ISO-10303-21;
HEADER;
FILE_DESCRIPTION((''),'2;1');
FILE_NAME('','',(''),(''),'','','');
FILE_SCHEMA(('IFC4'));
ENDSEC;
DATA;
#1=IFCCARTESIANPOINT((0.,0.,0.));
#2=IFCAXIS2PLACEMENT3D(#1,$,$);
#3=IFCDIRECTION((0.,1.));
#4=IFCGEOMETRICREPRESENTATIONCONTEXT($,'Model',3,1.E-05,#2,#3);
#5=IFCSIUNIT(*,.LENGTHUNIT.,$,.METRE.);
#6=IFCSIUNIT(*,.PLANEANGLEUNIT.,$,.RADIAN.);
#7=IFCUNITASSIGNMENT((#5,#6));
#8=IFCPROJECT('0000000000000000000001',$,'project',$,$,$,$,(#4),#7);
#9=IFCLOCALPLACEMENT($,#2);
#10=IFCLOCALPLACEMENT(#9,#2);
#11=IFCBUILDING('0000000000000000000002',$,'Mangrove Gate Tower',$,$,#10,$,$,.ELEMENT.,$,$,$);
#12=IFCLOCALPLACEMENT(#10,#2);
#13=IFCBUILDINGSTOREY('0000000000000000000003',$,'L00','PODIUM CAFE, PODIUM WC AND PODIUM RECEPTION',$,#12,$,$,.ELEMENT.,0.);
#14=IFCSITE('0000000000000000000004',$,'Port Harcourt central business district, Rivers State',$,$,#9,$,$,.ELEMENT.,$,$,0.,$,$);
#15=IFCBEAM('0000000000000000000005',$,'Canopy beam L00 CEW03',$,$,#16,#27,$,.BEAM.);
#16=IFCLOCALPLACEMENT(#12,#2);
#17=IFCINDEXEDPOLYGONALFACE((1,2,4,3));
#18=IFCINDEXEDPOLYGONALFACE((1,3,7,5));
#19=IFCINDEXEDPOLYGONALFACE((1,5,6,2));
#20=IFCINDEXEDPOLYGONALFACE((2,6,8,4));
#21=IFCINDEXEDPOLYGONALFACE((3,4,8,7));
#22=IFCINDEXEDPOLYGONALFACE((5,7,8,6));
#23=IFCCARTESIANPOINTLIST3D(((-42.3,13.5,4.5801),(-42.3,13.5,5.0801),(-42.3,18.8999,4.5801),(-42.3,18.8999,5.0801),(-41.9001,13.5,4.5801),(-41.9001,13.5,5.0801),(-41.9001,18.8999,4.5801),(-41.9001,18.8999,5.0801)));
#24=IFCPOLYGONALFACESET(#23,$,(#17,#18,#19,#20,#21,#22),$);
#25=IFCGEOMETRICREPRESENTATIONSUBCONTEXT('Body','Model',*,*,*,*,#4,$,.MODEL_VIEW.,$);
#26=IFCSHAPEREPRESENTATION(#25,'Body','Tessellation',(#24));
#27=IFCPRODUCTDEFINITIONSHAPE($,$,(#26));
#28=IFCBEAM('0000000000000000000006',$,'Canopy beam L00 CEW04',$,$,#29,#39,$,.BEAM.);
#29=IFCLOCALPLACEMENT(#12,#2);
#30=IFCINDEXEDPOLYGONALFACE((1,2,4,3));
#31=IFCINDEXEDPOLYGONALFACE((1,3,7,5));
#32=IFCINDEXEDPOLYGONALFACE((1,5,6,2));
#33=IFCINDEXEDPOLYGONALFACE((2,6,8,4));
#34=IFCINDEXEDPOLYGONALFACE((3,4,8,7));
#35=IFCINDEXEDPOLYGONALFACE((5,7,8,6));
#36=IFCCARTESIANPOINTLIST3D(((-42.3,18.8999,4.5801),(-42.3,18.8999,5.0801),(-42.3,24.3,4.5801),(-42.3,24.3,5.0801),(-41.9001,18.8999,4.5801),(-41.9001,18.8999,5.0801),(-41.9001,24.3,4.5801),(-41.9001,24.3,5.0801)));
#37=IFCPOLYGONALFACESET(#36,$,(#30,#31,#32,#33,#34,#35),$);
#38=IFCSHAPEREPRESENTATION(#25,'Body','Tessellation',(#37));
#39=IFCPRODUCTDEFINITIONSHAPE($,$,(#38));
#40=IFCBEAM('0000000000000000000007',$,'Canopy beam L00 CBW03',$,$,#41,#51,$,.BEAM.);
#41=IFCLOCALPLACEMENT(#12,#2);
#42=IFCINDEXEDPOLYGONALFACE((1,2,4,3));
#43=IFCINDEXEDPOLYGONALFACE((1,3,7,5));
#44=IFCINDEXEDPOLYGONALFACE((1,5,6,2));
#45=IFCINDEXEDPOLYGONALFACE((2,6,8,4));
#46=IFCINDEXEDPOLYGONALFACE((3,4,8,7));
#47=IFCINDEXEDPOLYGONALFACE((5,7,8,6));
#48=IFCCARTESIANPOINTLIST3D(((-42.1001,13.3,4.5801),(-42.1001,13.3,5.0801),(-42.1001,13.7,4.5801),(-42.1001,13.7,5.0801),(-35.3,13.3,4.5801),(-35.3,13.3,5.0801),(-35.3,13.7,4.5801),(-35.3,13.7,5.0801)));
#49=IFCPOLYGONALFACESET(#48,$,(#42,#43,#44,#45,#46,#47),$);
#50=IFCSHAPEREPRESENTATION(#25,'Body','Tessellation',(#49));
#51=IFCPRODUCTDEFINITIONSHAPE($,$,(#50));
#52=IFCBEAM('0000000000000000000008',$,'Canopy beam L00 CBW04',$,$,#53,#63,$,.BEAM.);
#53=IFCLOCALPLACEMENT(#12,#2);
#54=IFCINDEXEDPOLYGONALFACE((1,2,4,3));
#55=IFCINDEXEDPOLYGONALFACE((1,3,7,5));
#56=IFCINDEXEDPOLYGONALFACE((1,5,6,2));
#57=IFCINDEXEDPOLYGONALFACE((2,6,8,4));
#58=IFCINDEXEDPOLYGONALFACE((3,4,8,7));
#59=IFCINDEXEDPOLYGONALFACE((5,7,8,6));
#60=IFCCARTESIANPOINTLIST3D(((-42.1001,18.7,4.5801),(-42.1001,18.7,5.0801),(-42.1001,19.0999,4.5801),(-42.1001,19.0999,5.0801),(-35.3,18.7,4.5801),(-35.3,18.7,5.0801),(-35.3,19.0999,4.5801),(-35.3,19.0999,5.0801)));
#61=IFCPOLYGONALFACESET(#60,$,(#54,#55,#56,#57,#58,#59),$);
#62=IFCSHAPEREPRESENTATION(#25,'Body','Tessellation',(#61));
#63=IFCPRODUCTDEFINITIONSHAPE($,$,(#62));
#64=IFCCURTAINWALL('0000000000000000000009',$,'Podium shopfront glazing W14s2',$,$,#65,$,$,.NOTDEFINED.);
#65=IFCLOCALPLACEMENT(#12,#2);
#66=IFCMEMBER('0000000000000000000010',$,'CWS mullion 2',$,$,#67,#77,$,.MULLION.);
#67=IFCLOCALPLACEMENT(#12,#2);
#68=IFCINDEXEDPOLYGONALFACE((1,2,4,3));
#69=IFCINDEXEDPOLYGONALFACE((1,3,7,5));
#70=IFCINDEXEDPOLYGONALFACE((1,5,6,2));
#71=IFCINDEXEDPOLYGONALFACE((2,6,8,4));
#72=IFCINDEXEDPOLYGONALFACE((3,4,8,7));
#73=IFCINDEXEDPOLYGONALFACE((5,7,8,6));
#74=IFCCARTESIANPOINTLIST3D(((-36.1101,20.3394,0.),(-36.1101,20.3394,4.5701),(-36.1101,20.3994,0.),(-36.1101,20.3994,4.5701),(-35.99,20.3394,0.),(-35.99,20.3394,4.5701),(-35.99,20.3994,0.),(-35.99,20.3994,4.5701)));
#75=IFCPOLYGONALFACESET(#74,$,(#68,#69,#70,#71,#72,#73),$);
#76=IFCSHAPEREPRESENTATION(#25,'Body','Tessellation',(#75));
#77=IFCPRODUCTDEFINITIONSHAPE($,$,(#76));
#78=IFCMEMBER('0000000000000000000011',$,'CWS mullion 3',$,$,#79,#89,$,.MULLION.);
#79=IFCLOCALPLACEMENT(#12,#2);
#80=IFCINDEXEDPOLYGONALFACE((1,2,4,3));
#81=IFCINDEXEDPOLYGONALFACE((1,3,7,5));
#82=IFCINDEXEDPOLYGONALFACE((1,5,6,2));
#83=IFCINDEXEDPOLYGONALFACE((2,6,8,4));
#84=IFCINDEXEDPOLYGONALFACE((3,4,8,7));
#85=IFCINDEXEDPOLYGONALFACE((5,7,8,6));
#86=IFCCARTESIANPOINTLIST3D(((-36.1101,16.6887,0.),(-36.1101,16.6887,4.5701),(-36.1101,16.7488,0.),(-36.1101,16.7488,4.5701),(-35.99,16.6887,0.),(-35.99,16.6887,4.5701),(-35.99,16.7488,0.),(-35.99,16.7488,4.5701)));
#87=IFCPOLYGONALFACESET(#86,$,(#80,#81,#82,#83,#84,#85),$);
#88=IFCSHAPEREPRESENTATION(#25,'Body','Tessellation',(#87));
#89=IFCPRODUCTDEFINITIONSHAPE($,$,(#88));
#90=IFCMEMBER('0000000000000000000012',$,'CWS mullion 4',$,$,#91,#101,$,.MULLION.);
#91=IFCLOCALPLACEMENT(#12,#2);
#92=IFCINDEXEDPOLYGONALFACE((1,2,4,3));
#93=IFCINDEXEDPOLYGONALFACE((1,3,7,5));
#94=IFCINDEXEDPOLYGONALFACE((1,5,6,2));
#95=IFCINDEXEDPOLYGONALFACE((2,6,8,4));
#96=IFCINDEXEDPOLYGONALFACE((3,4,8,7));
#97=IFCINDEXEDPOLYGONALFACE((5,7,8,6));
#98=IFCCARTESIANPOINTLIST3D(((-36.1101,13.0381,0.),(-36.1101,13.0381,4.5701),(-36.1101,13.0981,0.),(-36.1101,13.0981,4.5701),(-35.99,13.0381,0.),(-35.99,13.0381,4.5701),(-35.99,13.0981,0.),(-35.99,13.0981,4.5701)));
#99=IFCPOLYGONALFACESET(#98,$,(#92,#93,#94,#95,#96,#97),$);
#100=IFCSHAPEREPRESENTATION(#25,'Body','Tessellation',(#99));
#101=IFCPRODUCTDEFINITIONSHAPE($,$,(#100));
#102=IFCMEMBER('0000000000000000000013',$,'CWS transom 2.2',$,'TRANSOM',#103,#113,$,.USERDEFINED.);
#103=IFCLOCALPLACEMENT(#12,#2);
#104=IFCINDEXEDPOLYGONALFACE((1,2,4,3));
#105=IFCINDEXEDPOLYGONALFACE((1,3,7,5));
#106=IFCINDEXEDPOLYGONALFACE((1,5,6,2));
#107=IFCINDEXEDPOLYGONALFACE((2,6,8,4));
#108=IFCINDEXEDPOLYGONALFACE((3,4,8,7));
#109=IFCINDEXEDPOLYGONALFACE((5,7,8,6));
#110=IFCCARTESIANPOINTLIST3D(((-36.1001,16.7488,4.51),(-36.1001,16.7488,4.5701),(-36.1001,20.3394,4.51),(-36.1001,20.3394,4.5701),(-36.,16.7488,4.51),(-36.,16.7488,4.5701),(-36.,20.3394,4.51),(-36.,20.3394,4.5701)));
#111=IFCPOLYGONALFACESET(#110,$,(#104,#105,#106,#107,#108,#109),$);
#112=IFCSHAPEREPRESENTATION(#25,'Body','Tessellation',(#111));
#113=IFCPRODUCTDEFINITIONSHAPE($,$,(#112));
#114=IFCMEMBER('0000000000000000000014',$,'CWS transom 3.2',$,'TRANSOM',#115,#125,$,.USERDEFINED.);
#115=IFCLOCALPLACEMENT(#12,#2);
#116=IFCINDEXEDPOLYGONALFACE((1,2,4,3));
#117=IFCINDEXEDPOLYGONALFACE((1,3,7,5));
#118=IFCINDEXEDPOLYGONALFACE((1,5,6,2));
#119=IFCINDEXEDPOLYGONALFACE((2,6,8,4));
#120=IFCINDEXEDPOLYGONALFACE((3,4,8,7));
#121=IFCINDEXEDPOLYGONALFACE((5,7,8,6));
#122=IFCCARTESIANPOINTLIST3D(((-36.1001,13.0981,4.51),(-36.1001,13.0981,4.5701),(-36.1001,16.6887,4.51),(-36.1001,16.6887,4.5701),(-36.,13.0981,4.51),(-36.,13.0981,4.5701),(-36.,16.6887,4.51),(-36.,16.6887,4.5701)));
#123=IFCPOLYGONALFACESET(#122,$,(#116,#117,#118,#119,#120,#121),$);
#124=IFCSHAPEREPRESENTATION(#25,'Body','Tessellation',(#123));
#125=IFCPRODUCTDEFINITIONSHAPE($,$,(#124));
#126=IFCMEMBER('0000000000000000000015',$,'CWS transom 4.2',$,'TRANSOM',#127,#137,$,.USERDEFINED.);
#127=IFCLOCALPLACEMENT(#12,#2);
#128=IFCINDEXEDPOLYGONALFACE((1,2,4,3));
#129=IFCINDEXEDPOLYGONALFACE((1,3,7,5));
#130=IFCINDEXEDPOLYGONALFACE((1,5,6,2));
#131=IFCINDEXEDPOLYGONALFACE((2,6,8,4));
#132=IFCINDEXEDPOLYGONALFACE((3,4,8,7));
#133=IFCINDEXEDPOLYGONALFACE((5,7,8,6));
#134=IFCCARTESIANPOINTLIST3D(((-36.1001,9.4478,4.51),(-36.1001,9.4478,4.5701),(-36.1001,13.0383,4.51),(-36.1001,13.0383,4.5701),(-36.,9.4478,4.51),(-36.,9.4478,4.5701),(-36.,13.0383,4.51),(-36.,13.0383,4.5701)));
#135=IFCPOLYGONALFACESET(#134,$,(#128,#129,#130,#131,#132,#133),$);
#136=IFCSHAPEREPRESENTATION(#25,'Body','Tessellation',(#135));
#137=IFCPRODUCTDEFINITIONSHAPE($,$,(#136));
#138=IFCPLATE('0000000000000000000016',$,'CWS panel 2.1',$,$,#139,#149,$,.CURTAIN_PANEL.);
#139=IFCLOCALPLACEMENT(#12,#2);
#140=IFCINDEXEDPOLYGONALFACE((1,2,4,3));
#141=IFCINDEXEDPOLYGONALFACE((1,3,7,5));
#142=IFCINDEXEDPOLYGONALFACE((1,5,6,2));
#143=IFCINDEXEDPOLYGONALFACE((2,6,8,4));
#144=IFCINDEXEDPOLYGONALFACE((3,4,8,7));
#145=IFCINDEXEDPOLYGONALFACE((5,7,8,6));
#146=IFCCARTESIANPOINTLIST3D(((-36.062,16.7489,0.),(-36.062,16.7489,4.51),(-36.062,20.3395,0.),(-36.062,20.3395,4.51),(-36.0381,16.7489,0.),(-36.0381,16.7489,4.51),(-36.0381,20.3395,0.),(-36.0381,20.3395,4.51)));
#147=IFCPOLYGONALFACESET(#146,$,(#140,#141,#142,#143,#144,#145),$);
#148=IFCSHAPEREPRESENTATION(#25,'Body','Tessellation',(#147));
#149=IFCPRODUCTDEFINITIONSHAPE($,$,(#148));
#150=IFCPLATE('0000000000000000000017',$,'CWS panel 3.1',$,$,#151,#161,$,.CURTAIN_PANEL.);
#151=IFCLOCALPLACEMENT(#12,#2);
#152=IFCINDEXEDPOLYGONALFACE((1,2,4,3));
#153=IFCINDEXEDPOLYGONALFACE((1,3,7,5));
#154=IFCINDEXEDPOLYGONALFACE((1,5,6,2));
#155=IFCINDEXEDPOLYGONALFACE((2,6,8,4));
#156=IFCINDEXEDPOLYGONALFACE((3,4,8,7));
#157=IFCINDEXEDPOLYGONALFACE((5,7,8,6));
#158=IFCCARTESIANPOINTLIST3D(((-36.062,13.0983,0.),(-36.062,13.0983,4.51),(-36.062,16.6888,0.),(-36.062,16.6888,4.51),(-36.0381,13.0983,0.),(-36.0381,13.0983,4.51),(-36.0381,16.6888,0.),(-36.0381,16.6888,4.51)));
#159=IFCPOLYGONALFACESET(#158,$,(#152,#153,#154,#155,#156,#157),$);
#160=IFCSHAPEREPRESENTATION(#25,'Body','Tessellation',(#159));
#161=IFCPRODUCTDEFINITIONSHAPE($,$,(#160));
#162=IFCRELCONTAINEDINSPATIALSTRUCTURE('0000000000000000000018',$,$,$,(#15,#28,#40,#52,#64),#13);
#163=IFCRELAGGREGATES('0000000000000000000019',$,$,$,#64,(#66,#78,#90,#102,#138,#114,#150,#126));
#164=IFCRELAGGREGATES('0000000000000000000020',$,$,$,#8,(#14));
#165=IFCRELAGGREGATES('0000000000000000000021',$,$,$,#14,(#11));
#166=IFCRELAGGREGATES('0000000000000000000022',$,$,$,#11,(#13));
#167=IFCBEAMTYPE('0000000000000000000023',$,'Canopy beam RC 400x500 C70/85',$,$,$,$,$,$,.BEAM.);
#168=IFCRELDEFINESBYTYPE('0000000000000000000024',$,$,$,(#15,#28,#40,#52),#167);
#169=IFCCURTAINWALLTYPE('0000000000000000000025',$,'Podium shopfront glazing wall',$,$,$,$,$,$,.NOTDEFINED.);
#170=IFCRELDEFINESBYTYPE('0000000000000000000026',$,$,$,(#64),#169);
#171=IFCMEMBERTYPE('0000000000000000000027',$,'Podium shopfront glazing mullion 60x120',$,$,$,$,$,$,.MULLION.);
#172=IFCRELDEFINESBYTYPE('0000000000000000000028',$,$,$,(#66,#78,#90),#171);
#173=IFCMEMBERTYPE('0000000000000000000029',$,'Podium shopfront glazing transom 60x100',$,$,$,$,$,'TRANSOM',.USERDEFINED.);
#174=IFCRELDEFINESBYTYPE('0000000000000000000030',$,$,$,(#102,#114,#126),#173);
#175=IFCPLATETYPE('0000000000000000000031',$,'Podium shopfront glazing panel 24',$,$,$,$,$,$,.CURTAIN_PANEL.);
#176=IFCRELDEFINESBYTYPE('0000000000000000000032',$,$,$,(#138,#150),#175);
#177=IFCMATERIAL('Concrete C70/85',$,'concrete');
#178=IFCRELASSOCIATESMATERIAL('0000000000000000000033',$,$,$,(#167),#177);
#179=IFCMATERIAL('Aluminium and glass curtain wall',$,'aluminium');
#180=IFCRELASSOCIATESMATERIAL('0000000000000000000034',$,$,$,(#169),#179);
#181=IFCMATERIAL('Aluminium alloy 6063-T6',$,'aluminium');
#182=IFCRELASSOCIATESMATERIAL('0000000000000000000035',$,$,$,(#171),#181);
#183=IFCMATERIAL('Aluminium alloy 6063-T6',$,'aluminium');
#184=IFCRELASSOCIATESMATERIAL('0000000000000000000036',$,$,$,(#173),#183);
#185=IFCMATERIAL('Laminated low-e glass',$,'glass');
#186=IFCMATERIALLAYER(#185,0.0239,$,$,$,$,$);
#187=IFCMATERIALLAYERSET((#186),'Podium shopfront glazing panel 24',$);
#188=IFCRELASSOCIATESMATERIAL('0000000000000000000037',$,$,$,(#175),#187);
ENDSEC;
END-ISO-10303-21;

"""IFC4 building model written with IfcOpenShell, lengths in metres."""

from ifc_helpers import new_model, si_unit, direction, frame, origin, origin_2d, place, context, subcontext, project, spatial, rectangle, extrude, material, layer, layer_set, material_profile, profile_set, type_object, element, aggregate, save


model = new_model("IFC4")

# Units and contexts
model_context = context("Model", 3, precision=1e-05, world=origin(), true_north=direction((0.0, 1.0)))
body_context = subcontext(model_context, "Body", "Model", "MODEL_VIEW")
ifc_project = project(units=[si_unit("LENGTHUNIT", "METRE"), si_unit("PLANEANGLEUNIT", "RADIAN")], contexts=[model_context])

# Site, building, storey
site_placement = place(None, origin())
site = spatial("IfcSite", under=ifc_project, at=site_placement, Name="Port Harcourt central business district, Rivers State", CompositionType="ELEMENT", RefElevation=0.0)
building_placement = place(site_placement, origin())
building = spatial("IfcBuilding", under=site, at=building_placement, Name="Mangrove Gate Tower", CompositionType="ELEMENT")
storey_placement = place(building_placement, origin())
storey = spatial("IfcBuildingStorey", under=building, at=storey_placement, Name="L00", Description="PODIUM CAFE, PODIUM WC AND PODIUM RECEPTION", CompositionType="ELEMENT", Elevation=0.0)

# Beams
ifc_material_1 = material(Name="Concrete C70/85", Category="concrete")
ifc_material_profile_1 = material_profile(ifc_material_1, rectangle(XDim=0.3999, YDim=0.5, at=origin_2d()))
ifc_profile_set_1 = profile_set([ifc_material_profile_1], Name="Concrete C70/85")
beam_type = type_object("IfcBeamType", Name="Canopy beam RC 400x500 C70/85", PredefinedType="BEAM", material=ifc_profile_set_1)
beam_1_placement = place(storey_placement, frame((-42.1001, 13.5, 4.8301), z_axis=(0.0, 1.0, 0.0), x_axis=(-1.0, 0.0, 0.0)))
element("IfcBeam", 1, at=beam_1_placement, inside=storey, type_object=beam_type, Name="Canopy beam L00 CEW03", PredefinedType="BEAM", context=body_context, shape_type="SweptSolid", body=[
    extrude(rectangle(XDim=0.3999, YDim=0.5, at=origin_2d()), origin(), (0.0, 0.0, 1.0), 5.3999),
])
beam_2_placement = place(storey_placement, frame((-42.1001, 18.8999, 4.8301), z_axis=(0.0, 1.0, 0.0), x_axis=(-1.0, 0.0, 0.0)))
element("IfcBeam", 2, at=beam_2_placement, inside=storey, type_object=beam_type, Name="Canopy beam L00 CEW04", PredefinedType="BEAM", context=body_context, shape_type="SweptSolid", body=[
    extrude(rectangle(XDim=0.3999, YDim=0.5, at=origin_2d()), origin(), (0.0, 0.0, 1.0), 5.4001),
])
for number, where, z_axis, x_axis, name in (
    (3, (-35.3, 13.5, 4.8301), (-1.0, 0.0, 0.0), (0.0, -1.0, 0.0), "Canopy beam L00 CBW03"),
    (4, (-35.3, 18.8999, 4.8301), (-1.0, 0.0, 0.0), (0.0, -1.0, 0.0), "Canopy beam L00 CBW04"),
):
    element("IfcBeam", number, at=place(storey_placement, frame(where, z_axis=z_axis, x_axis=x_axis)), inside=storey, type_object=beam_type, Name=name, PredefinedType="BEAM", context=body_context, shape_type="SweptSolid", body=[
        extrude(rectangle(XDim=0.3999, YDim=0.5, at=origin_2d()), origin(), (0.0, 0.0, 1.0), 6.8),
    ])

# Curtain wall, members, plates
ifc_material_2 = material(Name="Aluminium and glass curtain wall", Category="aluminium")
curtain_wall_type = type_object("IfcCurtainWallType", Name="Podium shopfront glazing wall", PredefinedType="NOTDEFINED", material=ifc_material_2)
curtain_wall_placement = place(storey_placement, origin())
curtain_wall = element("IfcCurtainWall", 5, at=curtain_wall_placement, inside=storey, type_object=curtain_wall_type, Name="Podium shopfront glazing W14s2", PredefinedType="NOTDEFINED")
ifc_material_3 = material(Name="Aluminium alloy 6063-T6", Category="aluminium")
ifc_material_profile_2 = material_profile(ifc_material_3, rectangle(XDim=0.0601, YDim=0.1201, at=origin_2d()))
ifc_profile_set_2 = profile_set([ifc_material_profile_2], Name="Aluminium alloy 6063-T6")
member_type_1 = type_object("IfcMemberType", Name="Podium shopfront glazing mullion 60x120", PredefinedType="MULLION", material=ifc_profile_set_2)
member_1_placement = place(storey_placement, frame((-36.05, 20.3694, 0.0), z_axis=(0.0, 0.0, 1.0), x_axis=(0.0, -1.0, 0.0)))
member_1 = element("IfcMember", 6, at=member_1_placement, type_object=member_type_1, Name="CWS mullion 2", PredefinedType="MULLION", context=body_context, shape_type="SweptSolid", body=[
    extrude(rectangle(XDim=0.0601, YDim=0.1201, at=origin_2d()), origin(), (0.0, 0.0, 1.0), 4.5701),
])
member_2_placement = place(storey_placement, frame((-36.05, 16.7188, 0.0), z_axis=(0.0, 0.0, 1.0), x_axis=(0.0, -1.0, 0.0)))
member_2 = element("IfcMember", 7, at=member_2_placement, type_object=member_type_1, Name="CWS mullion 3", PredefinedType="MULLION", context=body_context, shape_type="SweptSolid", body=[
    extrude(rectangle(XDim=0.0601, YDim=0.1201, at=origin_2d()), origin(), (0.0, 0.0, 1.0), 4.5701),
])
member_3_placement = place(storey_placement, frame((-36.05, 13.0681, 0.0), z_axis=(0.0, 0.0, 1.0), x_axis=(0.0, -1.0, 0.0)))
member_3 = element("IfcMember", 8, at=member_3_placement, type_object=member_type_1, Name="CWS mullion 4", PredefinedType="MULLION", context=body_context, shape_type="SweptSolid", body=[
    extrude(rectangle(XDim=0.0601, YDim=0.1201, at=origin_2d()), origin(), (0.0, 0.0, 1.0), 4.5701),
])
ifc_material_4 = material(Name="Aluminium alloy 6063-T6", Category="aluminium")
ifc_material_profile_3 = material_profile(ifc_material_4, rectangle(XDim=0.0601, YDim=0.1001, at=origin_2d()))
ifc_profile_set_3 = profile_set([ifc_material_profile_3], Name="Aluminium alloy 6063-T6")
member_type_2 = type_object("IfcMemberType", Name="Podium shopfront glazing transom 60x100", ElementType="TRANSOM", PredefinedType="USERDEFINED", material=ifc_profile_set_3)
member_4_placement = place(storey_placement, frame((-36.05, 20.3394, 4.54), z_axis=(0.0, -1.0, 0.0), x_axis=(0.0, 0.0, 1.0)))
member_4 = element("IfcMember", 9, at=member_4_placement, type_object=member_type_2, Name="CWS transom 2.2", ObjectType="TRANSOM", PredefinedType="USERDEFINED", context=body_context, shape_type="SweptSolid", body=[
    extrude(rectangle(XDim=0.0601, YDim=0.1001, at=origin_2d()), origin(), (0.0, 0.0, 1.0), 3.5906),
])
member_5_placement = place(storey_placement, frame((-36.05, 16.6887, 4.54), z_axis=(0.0, -1.0, 0.0), x_axis=(0.0, 0.0, 1.0)))
member_5 = element("IfcMember", 10, at=member_5_placement, type_object=member_type_2, Name="CWS transom 3.2", ObjectType="TRANSOM", PredefinedType="USERDEFINED", context=body_context, shape_type="SweptSolid", body=[
    extrude(rectangle(XDim=0.0601, YDim=0.1001, at=origin_2d()), origin(), (0.0, 0.0, 1.0), 3.5906),
])
member_6_placement = place(storey_placement, frame((-36.05, 13.0383, 4.54), z_axis=(0.0, -1.0, 0.0), x_axis=(0.0, 0.0, 1.0)))
member_6 = element("IfcMember", 11, at=member_6_placement, type_object=member_type_2, Name="CWS transom 4.2", ObjectType="TRANSOM", PredefinedType="USERDEFINED", context=body_context, shape_type="SweptSolid", body=[
    extrude(rectangle(XDim=0.0601, YDim=0.1001, at=origin_2d()), origin(), (0.0, 0.0, 1.0), 3.5906),
])
ifc_material_5 = material(Name="Laminated low-e glass", Category="glass")
ifc_layer_1 = layer(ifc_material_5, 0.0239)
ifc_layer_set_1 = layer_set([ifc_layer_1], Name="Podium shopfront glazing panel 24")
plate_type = type_object("IfcPlateType", Name="Podium shopfront glazing panel 24", PredefinedType="CURTAIN_PANEL", material=ifc_layer_set_1)
plate_1_placement = place(storey_placement, frame((-36.05, 18.5442, 0.0), z_axis=(0.0, 0.0, 1.0), x_axis=(0.0, -1.0, 0.0)))
plate_1 = element("IfcPlate", 12, at=plate_1_placement, type_object=plate_type, Name="CWS panel 2.1", PredefinedType="CURTAIN_PANEL", context=body_context, shape_type="SweptSolid", body=[
    extrude(rectangle(XDim=3.5906, YDim=0.0239, at=origin_2d()), origin(), (0.0, 0.0, 1.0), 4.51),
])
plate_2_placement = place(storey_placement, frame((-36.05, 14.8936, 0.0), z_axis=(0.0, 0.0, 1.0), x_axis=(0.0, -1.0, 0.0)))
plate_2 = element("IfcPlate", 13, at=plate_2_placement, type_object=plate_type, Name="CWS panel 3.1", PredefinedType="CURTAIN_PANEL", context=body_context, shape_type="SweptSolid", body=[
    extrude(rectangle(XDim=3.5906, YDim=0.0239, at=origin_2d()), origin(), (0.0, 0.0, 1.0), 4.51),
])
aggregate(curtain_wall, [member_1, member_2, member_3, member_4, plate_1, member_5, plate_2, member_6])

save(model, "model.ifc")
